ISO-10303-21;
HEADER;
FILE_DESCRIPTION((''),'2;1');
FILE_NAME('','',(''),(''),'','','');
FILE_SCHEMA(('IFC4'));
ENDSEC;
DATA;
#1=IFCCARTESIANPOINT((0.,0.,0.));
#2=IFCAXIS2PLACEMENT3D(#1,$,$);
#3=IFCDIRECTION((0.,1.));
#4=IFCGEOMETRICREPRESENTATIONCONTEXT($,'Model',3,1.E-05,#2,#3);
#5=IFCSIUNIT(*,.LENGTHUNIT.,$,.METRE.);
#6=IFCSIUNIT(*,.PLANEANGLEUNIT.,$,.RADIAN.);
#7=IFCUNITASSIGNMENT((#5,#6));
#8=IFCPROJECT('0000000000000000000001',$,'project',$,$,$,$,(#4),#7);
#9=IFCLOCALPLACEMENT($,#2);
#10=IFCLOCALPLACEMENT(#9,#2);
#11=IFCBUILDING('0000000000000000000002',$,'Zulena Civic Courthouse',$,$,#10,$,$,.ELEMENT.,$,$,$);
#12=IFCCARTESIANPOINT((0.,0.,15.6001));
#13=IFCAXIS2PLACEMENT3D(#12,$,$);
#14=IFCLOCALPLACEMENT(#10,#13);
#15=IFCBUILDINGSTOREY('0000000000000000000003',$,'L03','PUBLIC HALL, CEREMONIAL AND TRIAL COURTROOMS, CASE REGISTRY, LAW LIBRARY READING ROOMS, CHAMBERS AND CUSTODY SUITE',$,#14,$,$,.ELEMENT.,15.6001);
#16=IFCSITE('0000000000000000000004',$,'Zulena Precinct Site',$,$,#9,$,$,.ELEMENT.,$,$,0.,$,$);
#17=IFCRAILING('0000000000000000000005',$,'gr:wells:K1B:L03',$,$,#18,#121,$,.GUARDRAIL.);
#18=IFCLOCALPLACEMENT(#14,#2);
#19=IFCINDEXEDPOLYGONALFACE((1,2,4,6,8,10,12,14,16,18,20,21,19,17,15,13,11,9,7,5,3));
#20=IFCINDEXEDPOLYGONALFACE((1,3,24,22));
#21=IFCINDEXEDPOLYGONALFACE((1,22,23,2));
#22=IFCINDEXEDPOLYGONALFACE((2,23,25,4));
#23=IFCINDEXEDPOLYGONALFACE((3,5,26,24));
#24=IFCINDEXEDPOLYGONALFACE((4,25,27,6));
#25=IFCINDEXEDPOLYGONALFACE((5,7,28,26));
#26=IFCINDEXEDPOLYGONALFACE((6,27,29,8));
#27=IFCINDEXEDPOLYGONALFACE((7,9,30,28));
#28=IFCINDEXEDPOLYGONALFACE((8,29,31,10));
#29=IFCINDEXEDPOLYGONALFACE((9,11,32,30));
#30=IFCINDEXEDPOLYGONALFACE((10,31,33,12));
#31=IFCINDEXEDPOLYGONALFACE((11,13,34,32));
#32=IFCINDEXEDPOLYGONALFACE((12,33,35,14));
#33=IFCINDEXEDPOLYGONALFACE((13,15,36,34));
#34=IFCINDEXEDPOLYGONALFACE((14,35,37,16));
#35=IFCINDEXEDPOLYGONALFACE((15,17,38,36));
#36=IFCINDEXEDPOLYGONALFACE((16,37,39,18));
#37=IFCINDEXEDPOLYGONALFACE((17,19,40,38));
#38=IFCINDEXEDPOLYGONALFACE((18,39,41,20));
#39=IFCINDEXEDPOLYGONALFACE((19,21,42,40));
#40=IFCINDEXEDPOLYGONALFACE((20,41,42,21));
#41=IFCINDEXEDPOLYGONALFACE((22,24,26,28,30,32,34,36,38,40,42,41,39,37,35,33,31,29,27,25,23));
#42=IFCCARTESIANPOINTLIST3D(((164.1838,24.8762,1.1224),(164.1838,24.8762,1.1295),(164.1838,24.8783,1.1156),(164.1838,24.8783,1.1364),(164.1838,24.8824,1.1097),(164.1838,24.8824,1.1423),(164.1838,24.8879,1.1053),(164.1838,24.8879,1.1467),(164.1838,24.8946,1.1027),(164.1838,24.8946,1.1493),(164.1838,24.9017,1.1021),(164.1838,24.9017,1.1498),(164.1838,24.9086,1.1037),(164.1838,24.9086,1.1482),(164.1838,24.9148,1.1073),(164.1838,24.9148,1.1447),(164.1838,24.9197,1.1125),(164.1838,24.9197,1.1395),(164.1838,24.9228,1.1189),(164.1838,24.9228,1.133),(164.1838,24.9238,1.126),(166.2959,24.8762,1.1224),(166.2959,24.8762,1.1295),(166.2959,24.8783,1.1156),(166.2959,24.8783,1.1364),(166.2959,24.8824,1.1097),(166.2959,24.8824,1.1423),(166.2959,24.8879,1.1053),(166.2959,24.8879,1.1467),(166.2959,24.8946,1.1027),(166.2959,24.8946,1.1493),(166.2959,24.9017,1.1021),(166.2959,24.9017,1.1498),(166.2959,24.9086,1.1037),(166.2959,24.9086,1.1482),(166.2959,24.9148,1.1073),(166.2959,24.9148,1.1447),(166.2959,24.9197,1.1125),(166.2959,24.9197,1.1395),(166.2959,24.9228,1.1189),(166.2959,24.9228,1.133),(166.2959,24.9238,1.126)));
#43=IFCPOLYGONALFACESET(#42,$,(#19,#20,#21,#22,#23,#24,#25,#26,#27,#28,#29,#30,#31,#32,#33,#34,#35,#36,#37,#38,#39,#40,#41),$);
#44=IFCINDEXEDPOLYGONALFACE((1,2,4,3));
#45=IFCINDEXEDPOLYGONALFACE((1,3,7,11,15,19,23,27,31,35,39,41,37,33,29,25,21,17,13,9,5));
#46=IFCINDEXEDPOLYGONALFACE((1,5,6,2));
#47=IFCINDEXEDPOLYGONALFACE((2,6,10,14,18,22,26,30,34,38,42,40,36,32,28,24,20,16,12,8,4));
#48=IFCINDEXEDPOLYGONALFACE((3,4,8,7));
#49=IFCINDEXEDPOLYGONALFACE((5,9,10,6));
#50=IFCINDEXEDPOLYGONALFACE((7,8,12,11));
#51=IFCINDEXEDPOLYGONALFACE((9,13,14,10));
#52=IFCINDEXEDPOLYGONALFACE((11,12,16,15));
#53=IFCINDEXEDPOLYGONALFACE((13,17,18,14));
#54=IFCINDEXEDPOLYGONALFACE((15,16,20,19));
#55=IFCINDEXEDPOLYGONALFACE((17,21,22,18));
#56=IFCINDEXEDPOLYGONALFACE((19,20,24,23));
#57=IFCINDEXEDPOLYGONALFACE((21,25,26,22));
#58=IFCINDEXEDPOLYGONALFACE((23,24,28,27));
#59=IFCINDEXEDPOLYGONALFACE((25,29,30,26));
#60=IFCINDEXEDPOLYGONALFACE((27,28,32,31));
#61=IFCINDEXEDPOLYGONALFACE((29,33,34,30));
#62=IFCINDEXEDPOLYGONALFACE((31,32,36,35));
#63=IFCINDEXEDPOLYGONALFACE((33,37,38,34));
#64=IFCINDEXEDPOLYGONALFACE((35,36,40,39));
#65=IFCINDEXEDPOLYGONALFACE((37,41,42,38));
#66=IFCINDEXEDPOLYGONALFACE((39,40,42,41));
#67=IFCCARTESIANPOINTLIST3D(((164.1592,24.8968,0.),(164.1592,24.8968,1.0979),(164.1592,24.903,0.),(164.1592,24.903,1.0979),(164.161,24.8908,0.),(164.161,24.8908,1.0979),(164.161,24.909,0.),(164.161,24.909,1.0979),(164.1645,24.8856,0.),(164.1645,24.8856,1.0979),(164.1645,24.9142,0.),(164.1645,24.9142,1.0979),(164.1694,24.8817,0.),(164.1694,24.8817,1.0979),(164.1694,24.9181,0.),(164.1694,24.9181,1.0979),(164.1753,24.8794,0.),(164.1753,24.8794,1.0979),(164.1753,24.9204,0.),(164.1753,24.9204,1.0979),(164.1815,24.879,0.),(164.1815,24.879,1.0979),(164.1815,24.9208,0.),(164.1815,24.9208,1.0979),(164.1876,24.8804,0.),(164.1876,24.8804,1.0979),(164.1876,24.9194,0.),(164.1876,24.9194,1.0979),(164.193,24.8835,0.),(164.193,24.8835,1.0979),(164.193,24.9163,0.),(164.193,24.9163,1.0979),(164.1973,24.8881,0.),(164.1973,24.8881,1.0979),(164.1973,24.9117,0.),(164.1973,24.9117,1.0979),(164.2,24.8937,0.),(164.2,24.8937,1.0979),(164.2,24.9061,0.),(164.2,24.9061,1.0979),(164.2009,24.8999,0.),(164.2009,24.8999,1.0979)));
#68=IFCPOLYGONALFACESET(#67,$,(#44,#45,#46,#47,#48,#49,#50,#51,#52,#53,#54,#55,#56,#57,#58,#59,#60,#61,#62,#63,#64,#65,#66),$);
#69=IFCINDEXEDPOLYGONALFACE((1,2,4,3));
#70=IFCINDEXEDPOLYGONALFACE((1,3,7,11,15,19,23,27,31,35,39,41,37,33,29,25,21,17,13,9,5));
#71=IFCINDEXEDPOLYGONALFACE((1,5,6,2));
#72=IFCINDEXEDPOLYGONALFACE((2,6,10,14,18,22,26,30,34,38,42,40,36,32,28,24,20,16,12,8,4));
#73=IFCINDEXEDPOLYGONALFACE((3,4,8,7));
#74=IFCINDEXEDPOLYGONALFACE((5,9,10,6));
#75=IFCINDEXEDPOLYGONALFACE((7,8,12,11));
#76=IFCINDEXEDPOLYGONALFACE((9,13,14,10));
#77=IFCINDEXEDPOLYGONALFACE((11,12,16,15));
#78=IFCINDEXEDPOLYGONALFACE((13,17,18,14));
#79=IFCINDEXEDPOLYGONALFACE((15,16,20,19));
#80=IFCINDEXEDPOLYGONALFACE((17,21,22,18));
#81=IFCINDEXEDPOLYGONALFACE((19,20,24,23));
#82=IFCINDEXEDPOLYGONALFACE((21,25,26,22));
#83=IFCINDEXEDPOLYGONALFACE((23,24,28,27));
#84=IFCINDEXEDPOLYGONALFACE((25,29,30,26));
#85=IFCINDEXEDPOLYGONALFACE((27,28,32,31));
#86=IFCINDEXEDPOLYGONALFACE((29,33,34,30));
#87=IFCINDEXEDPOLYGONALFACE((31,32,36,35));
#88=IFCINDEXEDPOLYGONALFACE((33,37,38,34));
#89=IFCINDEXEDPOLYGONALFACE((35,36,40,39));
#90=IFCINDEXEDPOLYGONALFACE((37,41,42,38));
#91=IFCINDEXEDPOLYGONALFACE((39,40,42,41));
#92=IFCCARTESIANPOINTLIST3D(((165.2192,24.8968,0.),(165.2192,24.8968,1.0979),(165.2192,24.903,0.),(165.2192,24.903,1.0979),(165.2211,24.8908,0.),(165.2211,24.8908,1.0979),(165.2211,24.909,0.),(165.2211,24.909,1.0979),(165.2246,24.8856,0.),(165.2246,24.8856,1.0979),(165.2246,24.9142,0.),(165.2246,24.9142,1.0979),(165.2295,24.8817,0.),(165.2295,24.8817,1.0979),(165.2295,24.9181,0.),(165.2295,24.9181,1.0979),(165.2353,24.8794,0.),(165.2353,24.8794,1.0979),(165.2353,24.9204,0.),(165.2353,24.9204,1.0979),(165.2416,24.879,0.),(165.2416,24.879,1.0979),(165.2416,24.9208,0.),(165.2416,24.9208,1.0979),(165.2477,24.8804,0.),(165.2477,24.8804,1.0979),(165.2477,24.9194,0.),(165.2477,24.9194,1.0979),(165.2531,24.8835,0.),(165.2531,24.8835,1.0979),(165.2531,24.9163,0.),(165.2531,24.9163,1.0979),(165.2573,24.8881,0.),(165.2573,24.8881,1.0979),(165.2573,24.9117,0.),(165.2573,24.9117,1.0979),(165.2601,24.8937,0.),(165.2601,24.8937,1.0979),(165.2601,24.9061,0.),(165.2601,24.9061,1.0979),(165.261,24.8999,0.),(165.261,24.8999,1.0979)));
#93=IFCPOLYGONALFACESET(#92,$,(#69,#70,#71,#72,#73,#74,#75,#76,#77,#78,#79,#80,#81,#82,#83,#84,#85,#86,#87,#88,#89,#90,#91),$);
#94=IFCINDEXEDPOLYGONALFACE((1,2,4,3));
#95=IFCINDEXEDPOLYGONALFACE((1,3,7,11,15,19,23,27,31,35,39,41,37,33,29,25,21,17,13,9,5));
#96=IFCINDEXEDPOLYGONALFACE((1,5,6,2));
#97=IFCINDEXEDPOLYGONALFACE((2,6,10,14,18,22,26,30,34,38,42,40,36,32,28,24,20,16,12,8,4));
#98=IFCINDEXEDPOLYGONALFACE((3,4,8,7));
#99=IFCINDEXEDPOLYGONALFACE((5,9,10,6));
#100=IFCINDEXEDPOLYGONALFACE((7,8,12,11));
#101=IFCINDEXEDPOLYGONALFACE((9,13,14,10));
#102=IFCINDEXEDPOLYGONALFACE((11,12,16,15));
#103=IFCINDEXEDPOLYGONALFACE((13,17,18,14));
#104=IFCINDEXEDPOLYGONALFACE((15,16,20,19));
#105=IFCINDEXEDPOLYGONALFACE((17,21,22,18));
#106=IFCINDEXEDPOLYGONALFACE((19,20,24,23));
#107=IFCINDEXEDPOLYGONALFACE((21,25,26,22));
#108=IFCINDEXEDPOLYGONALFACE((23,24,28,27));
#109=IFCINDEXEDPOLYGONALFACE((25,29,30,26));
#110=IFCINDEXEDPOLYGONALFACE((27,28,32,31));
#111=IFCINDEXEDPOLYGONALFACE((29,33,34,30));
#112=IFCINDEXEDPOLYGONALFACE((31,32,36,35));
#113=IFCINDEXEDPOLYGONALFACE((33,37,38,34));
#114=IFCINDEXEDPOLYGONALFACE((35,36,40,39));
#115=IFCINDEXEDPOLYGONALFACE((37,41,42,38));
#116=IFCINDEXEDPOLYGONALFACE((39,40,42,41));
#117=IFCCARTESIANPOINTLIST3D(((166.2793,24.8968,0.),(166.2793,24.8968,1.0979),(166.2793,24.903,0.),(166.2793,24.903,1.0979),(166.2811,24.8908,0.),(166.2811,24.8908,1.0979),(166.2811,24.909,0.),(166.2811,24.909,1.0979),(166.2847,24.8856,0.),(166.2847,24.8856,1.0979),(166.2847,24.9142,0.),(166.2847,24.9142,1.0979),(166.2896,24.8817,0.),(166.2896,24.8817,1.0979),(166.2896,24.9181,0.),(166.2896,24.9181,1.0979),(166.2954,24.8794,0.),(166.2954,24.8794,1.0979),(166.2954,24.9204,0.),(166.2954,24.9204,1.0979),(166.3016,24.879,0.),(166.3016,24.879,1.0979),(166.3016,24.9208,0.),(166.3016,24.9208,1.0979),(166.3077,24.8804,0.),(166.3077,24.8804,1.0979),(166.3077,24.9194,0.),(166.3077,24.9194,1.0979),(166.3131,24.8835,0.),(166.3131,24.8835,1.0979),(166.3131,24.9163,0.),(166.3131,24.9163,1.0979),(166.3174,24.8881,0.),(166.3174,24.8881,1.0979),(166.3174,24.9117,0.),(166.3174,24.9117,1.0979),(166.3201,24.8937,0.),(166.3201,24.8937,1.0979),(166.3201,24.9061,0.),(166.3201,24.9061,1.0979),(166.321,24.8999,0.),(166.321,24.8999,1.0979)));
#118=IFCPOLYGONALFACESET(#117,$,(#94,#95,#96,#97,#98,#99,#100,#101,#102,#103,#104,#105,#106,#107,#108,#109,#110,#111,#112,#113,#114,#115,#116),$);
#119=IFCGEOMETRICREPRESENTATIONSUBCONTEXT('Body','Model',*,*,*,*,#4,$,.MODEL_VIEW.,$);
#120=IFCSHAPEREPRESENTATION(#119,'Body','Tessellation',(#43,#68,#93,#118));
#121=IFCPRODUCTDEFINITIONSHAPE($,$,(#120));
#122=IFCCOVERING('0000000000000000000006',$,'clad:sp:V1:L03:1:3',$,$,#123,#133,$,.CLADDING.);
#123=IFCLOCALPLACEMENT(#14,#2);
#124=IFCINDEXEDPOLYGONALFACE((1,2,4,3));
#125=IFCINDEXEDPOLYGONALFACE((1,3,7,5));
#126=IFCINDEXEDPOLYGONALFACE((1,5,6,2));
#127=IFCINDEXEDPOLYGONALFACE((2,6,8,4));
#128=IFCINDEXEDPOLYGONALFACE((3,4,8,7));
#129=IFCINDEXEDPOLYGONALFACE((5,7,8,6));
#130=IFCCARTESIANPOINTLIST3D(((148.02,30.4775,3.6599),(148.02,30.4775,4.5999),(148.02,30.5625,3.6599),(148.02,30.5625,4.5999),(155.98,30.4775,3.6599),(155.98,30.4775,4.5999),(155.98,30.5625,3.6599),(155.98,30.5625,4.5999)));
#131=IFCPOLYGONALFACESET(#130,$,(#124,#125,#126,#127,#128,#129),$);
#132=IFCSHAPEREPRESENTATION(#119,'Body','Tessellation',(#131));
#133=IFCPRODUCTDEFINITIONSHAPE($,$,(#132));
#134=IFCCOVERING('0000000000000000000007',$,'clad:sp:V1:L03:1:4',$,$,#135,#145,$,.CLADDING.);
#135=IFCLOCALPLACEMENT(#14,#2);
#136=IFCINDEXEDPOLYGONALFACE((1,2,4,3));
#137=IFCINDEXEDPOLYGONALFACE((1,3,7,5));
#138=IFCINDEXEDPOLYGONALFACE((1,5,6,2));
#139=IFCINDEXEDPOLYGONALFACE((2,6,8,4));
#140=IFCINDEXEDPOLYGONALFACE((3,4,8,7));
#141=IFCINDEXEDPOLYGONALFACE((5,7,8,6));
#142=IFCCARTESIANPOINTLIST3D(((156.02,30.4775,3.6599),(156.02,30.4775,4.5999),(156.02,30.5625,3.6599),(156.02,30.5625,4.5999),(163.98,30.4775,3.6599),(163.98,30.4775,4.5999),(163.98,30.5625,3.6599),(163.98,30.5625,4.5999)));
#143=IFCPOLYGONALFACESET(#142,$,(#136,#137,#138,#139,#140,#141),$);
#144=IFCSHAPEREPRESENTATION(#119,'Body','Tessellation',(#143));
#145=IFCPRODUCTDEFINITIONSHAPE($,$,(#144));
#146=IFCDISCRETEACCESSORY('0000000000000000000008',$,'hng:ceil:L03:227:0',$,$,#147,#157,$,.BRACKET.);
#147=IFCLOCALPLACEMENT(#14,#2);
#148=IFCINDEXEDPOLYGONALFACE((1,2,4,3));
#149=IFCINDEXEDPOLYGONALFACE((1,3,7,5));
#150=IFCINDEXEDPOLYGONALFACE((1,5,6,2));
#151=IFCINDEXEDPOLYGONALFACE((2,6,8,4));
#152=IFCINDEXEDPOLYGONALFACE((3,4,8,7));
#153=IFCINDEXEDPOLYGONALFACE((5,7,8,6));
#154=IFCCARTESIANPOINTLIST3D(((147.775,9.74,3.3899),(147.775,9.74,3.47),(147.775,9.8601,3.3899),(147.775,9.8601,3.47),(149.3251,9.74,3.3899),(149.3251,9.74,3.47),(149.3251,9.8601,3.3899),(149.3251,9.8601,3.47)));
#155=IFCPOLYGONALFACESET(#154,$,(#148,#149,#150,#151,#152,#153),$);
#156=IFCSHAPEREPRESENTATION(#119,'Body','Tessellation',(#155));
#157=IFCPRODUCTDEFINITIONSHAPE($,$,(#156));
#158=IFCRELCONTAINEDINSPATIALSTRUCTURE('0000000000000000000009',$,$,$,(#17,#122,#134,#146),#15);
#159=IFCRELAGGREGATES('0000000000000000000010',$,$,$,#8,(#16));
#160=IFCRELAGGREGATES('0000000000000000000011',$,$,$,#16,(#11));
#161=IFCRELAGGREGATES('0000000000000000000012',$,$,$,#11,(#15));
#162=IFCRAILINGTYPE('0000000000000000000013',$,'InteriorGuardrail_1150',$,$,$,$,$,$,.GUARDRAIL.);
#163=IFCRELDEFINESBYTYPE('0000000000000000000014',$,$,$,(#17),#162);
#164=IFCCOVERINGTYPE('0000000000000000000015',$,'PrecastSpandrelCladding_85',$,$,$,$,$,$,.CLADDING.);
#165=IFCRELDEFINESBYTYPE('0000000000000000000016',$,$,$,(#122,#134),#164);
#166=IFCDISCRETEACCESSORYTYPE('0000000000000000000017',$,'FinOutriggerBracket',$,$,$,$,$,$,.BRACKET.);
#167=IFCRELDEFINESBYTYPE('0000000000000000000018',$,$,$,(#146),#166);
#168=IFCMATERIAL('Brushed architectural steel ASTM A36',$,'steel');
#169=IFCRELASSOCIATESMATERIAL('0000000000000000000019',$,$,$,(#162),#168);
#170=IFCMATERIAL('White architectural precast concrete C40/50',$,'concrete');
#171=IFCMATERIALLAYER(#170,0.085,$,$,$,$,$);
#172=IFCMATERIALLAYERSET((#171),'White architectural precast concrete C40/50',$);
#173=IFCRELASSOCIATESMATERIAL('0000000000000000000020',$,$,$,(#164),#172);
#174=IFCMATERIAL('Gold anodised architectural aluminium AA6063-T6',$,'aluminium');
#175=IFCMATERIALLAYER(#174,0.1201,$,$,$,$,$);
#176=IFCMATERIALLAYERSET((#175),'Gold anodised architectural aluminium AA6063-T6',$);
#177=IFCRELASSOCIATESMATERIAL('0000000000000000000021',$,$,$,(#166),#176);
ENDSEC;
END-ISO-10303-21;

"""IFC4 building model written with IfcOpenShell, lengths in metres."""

from ifc_helpers import new_model, si_unit, direction, frame, origin, origin_2d, place, context, subcontext, project, spatial, rectangle, circle, extrude, material, layer, layer_set, type_object, element, save


model = new_model("IFC4")

# Units and contexts
model_context = context("Model", 3, precision=1e-05, world=origin(), true_north=direction((0.0, 1.0)))
body_context = subcontext(model_context, "Body", "Model", "MODEL_VIEW")
ifc_project = project(units=[si_unit("LENGTHUNIT", "METRE"), si_unit("PLANEANGLEUNIT", "RADIAN")], contexts=[model_context])

# Site, building, storey
site_placement = place(None, origin())
site = spatial("IfcSite", under=ifc_project, at=site_placement, Name="Zulena Precinct Site", CompositionType="ELEMENT", RefElevation=0.0)
building_placement = place(site_placement, origin())
building = spatial("IfcBuilding", under=site, at=building_placement, Name="Zulena Civic Courthouse", CompositionType="ELEMENT")
storey_placement = place(building_placement, frame((0.0, 0.0, 15.6001)))
storey = spatial("IfcBuildingStorey", under=building, at=storey_placement, Name="L03", Description="PUBLIC HALL, CEREMONIAL AND TRIAL COURTROOMS, CASE REGISTRY, LAW LIBRARY READING ROOMS, CHAMBERS AND CUSTODY SUITE", CompositionType="ELEMENT", Elevation=15.6001)

# Railing
ifc_material_1 = material(Name="Brushed architectural steel ASTM A36", Category="steel")
railing_type = type_object("IfcRailingType", Name="InteriorGuardrail_1150", PredefinedType="GUARDRAIL", material=ifc_material_1)
railing_placement = place(storey_placement, frame((164.1799, 24.8999, 0.0)))
element("IfcRailing", 1, at=railing_placement, inside=storey, type_object=railing_type, Name="gr:wells:K1B:L03", PredefinedType="GUARDRAIL", context=body_context, shape_type="SweptSolid", body=[
    extrude(circle(Radius=0.0239, at=origin_2d()), frame((0.0039, 0.0, 1.126), z_axis=(1.0, 0.0, 0.0), x_axis=(0.0, 1.0, 0.0)), (0.0, 0.0, 1.0), 2.1121),
    extrude(circle(Radius=0.021, at=origin_2d()), origin(), (0.0, 0.0, 1.0), 1.0979),
    extrude(circle(Radius=0.021, at=origin_2d()), frame((1.0601, 0.0, 0.0)), (0.0, 0.0, 1.0), 1.0979),
    extrude(circle(Radius=0.021, at=origin_2d()), frame((2.1201, 0.0, 0.0)), (0.0, 0.0, 1.0), 1.0979),
])

# Coverings
ifc_material_2 = material(Name="White architectural precast concrete C40/50", Category="concrete")
ifc_layer_1 = layer(ifc_material_2, 0.085)
ifc_layer_set_1 = layer_set([ifc_layer_1], Name="White architectural precast concrete C40/50")
covering_type = type_object("IfcCoveringType", Name="PrecastSpandrelCladding_85", PredefinedType="CLADDING", material=ifc_layer_set_1)
for number, where, z_axis, x_axis, name in (
    (2, (152.0, 30.52, 3.6599), (0.0, 0.0, 1.0), (1.0, 0.0, 0.0), "clad:sp:V1:L03:1:3"),
    (3, (160.0, 30.52, 3.6599), (0.0, 0.0, 1.0), (1.0, 0.0, 0.0), "clad:sp:V1:L03:1:4"),
):
    element("IfcCovering", number, at=place(storey_placement, frame(where, z_axis=z_axis, x_axis=x_axis)), inside=storey, type_object=covering_type, Name=name, PredefinedType="CLADDING", context=body_context, shape_type="SweptSolid", body=[
        extrude(rectangle(XDim=7.96, YDim=0.085, at=origin_2d()), origin(), (0.0, 0.0, 1.0), 0.9399),
    ])

# Discrete accessory
ifc_material_3 = material(Name="Gold anodised architectural aluminium AA6063-T6", Category="aluminium")
ifc_layer_2 = layer(ifc_material_3, 0.1201)
ifc_layer_set_2 = layer_set([ifc_layer_2], Name="Gold anodised architectural aluminium AA6063-T6")
discrete_accessory_type = type_object("IfcDiscreteAccessoryType", Name="FinOutriggerBracket", PredefinedType="BRACKET", material=ifc_layer_set_2)
discrete_accessory_placement = place(storey_placement, frame((148.55, 9.8, 3.3899), z_axis=(0.0, 0.0, 1.0), x_axis=(1.0, 0.0, 0.0)))
element("IfcDiscreteAccessory", 4, at=discrete_accessory_placement, inside=storey, type_object=discrete_accessory_type, Name="hng:ceil:L03:227:0", PredefinedType="BRACKET", context=body_context, shape_type="SweptSolid", body=[
    extrude(rectangle(XDim=1.55, YDim=0.1201, at=origin_2d()), origin(), (0.0, 0.0, 1.0), 0.0801),
])

save(model, "model.ifc")
